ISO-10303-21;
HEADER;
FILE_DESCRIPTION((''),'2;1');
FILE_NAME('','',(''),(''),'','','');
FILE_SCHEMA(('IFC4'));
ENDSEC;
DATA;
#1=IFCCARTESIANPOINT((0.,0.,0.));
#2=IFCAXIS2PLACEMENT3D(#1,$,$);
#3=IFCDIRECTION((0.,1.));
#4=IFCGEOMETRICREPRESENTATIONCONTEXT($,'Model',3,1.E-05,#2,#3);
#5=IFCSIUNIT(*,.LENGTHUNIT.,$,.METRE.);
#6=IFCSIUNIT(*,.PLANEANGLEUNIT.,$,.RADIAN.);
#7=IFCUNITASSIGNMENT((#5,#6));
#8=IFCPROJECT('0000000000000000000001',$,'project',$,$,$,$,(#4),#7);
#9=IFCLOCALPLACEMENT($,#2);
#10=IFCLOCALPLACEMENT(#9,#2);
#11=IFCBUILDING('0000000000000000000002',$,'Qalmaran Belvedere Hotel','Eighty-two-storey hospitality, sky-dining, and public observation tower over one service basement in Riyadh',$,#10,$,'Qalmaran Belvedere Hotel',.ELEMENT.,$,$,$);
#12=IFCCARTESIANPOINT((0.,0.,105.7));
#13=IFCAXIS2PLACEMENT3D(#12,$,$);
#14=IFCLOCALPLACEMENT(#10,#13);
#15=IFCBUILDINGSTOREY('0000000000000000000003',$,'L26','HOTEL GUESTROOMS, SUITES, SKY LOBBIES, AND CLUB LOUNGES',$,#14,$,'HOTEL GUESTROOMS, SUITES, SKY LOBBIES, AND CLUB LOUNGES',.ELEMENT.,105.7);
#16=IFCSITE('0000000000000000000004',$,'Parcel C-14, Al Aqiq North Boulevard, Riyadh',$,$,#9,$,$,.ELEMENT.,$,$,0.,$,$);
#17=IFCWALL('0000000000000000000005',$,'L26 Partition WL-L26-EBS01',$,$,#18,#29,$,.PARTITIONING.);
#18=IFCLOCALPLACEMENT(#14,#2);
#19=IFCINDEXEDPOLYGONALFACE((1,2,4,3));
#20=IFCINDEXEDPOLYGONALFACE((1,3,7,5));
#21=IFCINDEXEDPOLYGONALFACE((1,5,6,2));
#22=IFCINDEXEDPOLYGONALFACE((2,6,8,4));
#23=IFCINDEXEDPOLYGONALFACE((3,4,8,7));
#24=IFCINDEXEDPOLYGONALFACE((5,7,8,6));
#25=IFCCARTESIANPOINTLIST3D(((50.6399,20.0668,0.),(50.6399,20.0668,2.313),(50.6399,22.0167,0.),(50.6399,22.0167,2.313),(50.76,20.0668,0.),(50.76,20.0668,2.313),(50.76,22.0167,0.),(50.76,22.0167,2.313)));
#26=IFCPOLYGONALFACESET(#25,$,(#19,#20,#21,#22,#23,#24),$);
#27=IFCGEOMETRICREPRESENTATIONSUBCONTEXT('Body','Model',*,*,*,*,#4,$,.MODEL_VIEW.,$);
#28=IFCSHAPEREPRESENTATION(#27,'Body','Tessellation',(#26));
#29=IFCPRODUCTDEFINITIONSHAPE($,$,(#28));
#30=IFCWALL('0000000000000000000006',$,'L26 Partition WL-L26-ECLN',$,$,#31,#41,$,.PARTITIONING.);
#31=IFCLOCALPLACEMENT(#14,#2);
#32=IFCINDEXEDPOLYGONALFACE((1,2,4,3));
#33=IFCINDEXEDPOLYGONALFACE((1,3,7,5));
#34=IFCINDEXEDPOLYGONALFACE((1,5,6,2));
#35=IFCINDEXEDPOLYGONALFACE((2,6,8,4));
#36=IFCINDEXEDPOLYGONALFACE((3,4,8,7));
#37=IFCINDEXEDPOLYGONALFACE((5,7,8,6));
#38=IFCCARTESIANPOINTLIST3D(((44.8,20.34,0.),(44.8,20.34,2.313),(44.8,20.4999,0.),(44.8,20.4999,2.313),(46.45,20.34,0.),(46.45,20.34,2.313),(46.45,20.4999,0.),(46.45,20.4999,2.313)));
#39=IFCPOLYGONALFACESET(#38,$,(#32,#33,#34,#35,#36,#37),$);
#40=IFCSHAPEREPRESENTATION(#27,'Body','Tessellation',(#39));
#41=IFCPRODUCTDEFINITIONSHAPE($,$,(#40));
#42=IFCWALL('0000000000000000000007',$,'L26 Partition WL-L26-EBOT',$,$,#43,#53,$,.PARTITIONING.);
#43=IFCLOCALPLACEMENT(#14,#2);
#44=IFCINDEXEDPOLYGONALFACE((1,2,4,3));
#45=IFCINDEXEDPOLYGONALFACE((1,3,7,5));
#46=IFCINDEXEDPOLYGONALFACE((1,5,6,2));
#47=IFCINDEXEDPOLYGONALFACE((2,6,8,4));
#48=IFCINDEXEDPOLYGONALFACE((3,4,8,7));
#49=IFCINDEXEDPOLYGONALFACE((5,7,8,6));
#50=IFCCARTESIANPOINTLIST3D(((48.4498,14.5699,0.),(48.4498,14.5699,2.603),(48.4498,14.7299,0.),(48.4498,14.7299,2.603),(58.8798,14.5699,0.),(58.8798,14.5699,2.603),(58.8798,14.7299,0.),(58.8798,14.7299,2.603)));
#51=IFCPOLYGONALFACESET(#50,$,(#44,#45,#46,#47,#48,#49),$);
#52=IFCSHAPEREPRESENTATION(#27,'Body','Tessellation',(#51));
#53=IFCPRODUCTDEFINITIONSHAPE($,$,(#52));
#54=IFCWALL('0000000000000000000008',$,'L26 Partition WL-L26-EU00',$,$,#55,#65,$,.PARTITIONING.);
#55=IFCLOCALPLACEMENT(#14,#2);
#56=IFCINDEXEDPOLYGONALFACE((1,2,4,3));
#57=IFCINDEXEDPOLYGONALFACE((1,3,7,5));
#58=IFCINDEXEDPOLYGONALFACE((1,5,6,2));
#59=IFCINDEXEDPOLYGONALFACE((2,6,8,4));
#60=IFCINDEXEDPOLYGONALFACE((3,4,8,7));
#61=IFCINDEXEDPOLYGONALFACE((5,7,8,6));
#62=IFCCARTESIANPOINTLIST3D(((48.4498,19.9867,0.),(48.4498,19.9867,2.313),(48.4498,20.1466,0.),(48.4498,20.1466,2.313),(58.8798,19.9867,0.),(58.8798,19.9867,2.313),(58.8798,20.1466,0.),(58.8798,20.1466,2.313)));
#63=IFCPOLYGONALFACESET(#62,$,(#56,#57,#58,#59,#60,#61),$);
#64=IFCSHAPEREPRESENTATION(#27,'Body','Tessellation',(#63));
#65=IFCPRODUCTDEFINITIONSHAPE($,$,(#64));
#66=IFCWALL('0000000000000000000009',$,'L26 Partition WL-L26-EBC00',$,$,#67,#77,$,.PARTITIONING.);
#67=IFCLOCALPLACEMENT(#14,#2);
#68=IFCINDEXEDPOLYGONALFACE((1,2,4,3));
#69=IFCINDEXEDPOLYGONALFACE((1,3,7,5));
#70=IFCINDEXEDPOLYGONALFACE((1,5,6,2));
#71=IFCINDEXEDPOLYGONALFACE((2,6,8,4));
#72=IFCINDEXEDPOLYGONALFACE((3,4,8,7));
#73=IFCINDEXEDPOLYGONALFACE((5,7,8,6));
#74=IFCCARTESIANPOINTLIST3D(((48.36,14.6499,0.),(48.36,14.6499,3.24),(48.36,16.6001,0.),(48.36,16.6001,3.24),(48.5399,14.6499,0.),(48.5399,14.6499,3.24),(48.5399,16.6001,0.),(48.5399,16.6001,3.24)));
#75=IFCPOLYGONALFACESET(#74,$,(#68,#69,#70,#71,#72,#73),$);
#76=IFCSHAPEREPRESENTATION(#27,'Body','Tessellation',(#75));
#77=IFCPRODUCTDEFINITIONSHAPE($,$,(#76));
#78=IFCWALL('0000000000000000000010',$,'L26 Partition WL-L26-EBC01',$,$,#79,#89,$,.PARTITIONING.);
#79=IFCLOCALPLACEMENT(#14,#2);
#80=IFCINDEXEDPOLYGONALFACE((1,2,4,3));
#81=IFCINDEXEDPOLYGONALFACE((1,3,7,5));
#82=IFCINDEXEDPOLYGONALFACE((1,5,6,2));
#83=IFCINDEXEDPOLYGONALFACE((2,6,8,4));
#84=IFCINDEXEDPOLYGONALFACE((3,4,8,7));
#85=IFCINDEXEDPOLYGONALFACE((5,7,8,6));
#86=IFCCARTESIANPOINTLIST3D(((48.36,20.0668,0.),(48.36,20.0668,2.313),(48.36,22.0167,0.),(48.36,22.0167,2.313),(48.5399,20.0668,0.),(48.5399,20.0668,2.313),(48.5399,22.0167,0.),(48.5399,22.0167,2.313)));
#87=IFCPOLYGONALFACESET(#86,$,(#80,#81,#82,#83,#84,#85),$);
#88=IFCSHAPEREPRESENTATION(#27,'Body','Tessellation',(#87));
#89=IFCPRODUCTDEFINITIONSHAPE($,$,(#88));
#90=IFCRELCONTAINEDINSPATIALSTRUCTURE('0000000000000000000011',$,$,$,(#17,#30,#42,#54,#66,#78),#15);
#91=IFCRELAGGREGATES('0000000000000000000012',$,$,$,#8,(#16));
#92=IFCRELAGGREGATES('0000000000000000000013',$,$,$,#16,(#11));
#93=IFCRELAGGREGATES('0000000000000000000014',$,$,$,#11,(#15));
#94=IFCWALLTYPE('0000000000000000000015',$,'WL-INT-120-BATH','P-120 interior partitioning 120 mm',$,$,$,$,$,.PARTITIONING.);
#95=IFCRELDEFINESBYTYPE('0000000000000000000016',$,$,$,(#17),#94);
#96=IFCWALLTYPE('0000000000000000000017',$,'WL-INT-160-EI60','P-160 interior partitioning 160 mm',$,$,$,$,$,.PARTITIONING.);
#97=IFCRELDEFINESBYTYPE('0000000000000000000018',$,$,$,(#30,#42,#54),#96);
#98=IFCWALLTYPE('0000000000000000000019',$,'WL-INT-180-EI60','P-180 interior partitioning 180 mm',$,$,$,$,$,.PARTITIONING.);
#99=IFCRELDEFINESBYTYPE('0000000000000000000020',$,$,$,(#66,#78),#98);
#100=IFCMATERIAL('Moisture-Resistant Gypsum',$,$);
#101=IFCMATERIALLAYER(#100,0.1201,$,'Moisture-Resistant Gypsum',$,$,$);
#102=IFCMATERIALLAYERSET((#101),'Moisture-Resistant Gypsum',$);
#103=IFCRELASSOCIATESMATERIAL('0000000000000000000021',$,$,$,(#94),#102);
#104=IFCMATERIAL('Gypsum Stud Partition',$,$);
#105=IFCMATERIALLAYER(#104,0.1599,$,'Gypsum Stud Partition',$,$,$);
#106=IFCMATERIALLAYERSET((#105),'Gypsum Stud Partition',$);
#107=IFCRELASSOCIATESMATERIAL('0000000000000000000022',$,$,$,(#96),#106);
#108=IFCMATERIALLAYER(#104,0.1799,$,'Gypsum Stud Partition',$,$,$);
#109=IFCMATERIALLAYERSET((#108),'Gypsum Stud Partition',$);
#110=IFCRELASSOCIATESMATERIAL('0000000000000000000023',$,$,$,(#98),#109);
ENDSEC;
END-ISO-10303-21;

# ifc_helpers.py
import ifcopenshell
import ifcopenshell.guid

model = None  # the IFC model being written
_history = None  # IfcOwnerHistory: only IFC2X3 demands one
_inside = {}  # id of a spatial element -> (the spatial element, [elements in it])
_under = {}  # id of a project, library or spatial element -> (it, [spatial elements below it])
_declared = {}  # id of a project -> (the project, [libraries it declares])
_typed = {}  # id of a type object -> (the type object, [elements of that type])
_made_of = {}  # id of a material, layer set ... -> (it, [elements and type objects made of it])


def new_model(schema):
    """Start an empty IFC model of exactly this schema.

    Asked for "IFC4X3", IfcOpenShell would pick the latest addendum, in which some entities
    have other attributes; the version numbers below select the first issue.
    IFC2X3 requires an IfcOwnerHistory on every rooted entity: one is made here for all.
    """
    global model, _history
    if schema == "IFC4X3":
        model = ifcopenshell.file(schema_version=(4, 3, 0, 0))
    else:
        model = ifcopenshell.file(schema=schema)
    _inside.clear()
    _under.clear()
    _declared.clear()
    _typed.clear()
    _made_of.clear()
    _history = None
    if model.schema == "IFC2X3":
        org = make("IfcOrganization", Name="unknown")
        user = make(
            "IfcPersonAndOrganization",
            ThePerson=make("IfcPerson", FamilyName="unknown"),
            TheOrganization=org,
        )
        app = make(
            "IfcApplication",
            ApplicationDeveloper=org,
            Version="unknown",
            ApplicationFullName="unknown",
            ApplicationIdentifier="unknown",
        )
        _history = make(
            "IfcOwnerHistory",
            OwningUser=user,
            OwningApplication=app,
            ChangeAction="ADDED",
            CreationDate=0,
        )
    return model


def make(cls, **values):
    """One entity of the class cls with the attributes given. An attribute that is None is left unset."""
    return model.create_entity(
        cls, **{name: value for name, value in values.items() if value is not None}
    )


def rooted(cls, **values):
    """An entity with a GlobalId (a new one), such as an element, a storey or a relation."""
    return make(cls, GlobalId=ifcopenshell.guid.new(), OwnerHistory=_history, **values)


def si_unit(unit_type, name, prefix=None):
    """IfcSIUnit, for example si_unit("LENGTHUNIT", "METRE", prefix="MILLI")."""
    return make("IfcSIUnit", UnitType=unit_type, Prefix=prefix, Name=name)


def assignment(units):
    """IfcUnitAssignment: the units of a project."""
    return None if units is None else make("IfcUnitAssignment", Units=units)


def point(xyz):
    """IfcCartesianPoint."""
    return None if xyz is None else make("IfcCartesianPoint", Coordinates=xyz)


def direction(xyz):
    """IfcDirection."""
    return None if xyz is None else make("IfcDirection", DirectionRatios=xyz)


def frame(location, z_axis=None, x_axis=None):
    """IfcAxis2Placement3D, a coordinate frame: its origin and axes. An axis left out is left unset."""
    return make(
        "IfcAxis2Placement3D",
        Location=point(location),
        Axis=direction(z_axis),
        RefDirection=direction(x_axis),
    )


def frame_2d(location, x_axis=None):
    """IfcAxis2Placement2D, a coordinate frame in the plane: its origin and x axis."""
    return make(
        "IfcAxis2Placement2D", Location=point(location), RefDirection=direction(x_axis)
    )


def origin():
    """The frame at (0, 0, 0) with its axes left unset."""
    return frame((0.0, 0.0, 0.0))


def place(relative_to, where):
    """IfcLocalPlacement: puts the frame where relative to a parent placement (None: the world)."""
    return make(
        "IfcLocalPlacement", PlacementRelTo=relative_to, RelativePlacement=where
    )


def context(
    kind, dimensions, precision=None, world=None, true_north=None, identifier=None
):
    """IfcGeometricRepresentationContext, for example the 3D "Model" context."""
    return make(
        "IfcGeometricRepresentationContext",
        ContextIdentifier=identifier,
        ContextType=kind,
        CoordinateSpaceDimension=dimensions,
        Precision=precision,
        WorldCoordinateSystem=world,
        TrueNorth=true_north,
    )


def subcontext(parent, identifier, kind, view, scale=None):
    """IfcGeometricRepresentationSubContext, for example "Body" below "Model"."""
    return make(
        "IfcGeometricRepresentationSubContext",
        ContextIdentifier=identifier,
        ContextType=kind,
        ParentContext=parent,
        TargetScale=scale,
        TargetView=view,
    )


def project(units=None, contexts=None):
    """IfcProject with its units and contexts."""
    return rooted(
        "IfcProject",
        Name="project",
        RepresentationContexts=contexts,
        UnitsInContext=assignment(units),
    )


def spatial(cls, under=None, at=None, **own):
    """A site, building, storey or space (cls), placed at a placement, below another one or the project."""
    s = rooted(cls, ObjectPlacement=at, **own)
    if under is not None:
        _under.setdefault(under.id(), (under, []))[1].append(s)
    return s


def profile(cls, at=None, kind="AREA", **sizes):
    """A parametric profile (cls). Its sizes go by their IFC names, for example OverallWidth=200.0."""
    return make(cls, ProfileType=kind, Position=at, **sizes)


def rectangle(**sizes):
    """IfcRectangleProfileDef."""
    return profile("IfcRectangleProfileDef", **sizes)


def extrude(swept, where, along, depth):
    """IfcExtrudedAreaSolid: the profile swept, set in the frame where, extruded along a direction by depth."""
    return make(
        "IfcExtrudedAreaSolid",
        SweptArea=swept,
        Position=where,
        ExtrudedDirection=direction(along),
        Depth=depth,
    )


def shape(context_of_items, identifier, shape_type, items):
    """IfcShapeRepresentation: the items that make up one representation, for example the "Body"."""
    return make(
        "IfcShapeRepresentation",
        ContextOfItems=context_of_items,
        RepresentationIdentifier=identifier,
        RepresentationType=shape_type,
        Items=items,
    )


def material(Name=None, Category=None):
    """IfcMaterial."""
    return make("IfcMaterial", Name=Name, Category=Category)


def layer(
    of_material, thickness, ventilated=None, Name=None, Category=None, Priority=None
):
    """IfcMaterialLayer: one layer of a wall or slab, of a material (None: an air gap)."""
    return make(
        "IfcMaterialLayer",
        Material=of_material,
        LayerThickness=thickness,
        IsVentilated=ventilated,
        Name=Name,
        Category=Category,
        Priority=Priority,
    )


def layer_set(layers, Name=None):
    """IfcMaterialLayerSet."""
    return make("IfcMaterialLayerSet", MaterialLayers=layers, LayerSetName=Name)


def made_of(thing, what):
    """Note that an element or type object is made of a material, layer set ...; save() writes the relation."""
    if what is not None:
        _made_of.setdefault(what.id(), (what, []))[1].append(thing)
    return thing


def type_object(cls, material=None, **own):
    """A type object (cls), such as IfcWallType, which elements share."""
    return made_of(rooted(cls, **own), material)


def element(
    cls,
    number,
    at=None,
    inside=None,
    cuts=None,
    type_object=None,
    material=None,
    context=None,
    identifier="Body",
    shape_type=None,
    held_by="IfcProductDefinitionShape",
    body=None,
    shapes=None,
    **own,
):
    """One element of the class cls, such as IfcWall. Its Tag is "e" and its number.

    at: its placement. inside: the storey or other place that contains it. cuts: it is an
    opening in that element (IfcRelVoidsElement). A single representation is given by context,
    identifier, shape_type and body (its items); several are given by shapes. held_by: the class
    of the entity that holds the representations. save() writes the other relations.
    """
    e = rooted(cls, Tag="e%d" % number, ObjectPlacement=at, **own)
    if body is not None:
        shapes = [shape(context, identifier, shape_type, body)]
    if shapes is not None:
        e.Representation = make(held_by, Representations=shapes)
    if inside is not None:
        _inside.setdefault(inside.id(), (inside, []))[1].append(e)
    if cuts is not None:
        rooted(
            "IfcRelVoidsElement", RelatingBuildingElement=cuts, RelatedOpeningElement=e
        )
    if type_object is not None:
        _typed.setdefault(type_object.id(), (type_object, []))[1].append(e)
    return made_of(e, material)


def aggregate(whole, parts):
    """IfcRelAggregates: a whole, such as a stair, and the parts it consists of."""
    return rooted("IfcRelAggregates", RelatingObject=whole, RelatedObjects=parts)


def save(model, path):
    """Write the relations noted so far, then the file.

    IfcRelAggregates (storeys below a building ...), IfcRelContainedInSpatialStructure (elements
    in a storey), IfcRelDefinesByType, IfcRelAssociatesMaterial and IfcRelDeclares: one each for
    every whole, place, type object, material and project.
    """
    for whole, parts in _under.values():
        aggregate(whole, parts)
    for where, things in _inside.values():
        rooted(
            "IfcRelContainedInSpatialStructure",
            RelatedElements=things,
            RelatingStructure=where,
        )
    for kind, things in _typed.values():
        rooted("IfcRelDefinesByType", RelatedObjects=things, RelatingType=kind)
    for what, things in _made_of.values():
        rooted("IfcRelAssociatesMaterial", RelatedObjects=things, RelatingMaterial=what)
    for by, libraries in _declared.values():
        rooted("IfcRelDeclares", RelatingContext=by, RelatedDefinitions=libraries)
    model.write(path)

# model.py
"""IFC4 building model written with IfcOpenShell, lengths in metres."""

from ifc_helpers import new_model, si_unit, direction, frame, frame_2d, origin, place, context, subcontext, project, spatial, rectangle, extrude, material, layer, layer_set, type_object, element, save


model = new_model("IFC4")

# Units and contexts
model_context = context("Model", 3, precision=1e-05, world=origin(), true_north=direction((0.0, 1.0)))
body_context = subcontext(model_context, "Body", "Model", "MODEL_VIEW")
ifc_project = project(units=[si_unit("LENGTHUNIT", "METRE"), si_unit("PLANEANGLEUNIT", "RADIAN")], contexts=[model_context])

# Site, building, storey
site_placement = place(None, origin())
site = spatial("IfcSite", under=ifc_project, at=site_placement, Name="Parcel C-14, Al Aqiq North Boulevard, Riyadh", CompositionType="ELEMENT", RefElevation=0.0)
building_placement = place(site_placement, origin())
building = spatial("IfcBuilding", under=site, at=building_placement, Name="Qalmaran Belvedere Hotel", Description="Eighty-two-storey hospitality, sky-dining, and public observation tower over one service basement in Riyadh", LongName="Qalmaran Belvedere Hotel", CompositionType="ELEMENT")
storey_placement = place(building_placement, frame((0.0, 0.0, 105.7)))
storey = spatial("IfcBuildingStorey", under=building, at=storey_placement, Name="L26", Description="HOTEL GUESTROOMS, SUITES, SKY LOBBIES, AND CLUB LOUNGES", LongName="HOTEL GUESTROOMS, SUITES, SKY LOBBIES, AND CLUB LOUNGES", CompositionType="ELEMENT", Elevation=105.7)

# Shared definitions
ifc_material_1 = material(Name="Moisture-Resistant Gypsum")
ifc_layer_1 = layer(ifc_material_1, 0.1201, Name="Moisture-Resistant Gypsum")
ifc_layer_set_1 = layer_set([ifc_layer_1], Name="Moisture-Resistant Gypsum")
wall_type_1 = type_object("IfcWallType", Name="WL-INT-120-BATH", Description="P-120 interior partitioning 120 mm", PredefinedType="PARTITIONING", material=ifc_layer_set_1)

# Walls
wall_1_placement = place(storey_placement, frame((50.7, 20.0667, 0.0), z_axis=(0.0, 0.0, 1.0), x_axis=(0.0, 1.0, 0.0)))
element("IfcWall", 1, at=wall_1_placement, inside=storey, type_object=wall_type_1, Name="L26 Partition WL-L26-EBS01", PredefinedType="PARTITIONING", context=body_context, shape_type="SweptSolid", body=[
    extrude(rectangle(XDim=1.95, YDim=0.1201, at=frame_2d((0.9751, 0.0))), origin(), (0.0, 0.0, 1.0), 2.313),
])
ifc_material_2 = material(Name="Gypsum Stud Partition")
ifc_layer_2 = layer(ifc_material_2, 0.1599, Name="Gypsum Stud Partition")
ifc_layer_set_2 = layer_set([ifc_layer_2], Name="Gypsum Stud Partition")
wall_type_2 = type_object("IfcWallType", Name="WL-INT-160-EI60", Description="P-160 interior partitioning 160 mm", PredefinedType="PARTITIONING", material=ifc_layer_set_2)
wall_2_placement = place(storey_placement, frame((44.8, 20.4199, 0.0), z_axis=(0.0, 0.0, 1.0), x_axis=(1.0, 0.0, 0.0)))
element("IfcWall", 2, at=wall_2_placement, inside=storey, type_object=wall_type_2, Name="L26 Partition WL-L26-ECLN", PredefinedType="PARTITIONING", context=body_context, shape_type="SweptSolid", body=[
    extrude(rectangle(XDim=1.6499, YDim=0.1599, at=frame_2d((0.825, 0.0))), origin(), (0.0, 0.0, 1.0), 2.313),
])
wall_3_placement = place(storey_placement, frame((48.45, 14.6499, 0.0), z_axis=(0.0, 0.0, 1.0), x_axis=(1.0, 0.0, 0.0)))
element("IfcWall", 3, at=wall_3_placement, inside=storey, type_object=wall_type_2, Name="L26 Partition WL-L26-EBOT", PredefinedType="PARTITIONING", context=body_context, shape_type="SweptSolid", body=[
    extrude(rectangle(XDim=10.4299, YDim=0.1599, at=frame_2d((5.2148, 0.0))), origin(), (0.0, 0.0, 1.0), 2.603),
])
wall_4_placement = place(storey_placement, frame((48.45, 20.0667, 0.0), z_axis=(0.0, 0.0, 1.0), x_axis=(1.0, 0.0, 0.0)))
element("IfcWall", 4, at=wall_4_placement, inside=storey, type_object=wall_type_2, Name="L26 Partition WL-L26-EU00", PredefinedType="PARTITIONING", context=body_context, shape_type="SweptSolid", body=[
    extrude(rectangle(XDim=10.4299, YDim=0.1599, at=frame_2d((5.2148, 0.0))), origin(), (0.0, 0.0, 1.0), 2.313),
])
ifc_layer_3 = layer(ifc_material_2, 0.1799, Name="Gypsum Stud Partition")
ifc_layer_set_3 = layer_set([ifc_layer_3], Name="Gypsum Stud Partition")
wall_type_3 = type_object("IfcWallType", Name="WL-INT-180-EI60", Description="P-180 interior partitioning 180 mm", PredefinedType="PARTITIONING", material=ifc_layer_set_3)
wall_5_placement = place(storey_placement, frame((48.45, 14.6499, 0.0), z_axis=(0.0, 0.0, 1.0), x_axis=(0.0, 1.0, 0.0)))
element("IfcWall", 5, at=wall_5_placement, inside=storey, type_object=wall_type_3, Name="L26 Partition WL-L26-EBC00", PredefinedType="PARTITIONING", context=body_context, shape_type="SweptSolid", body=[
    extrude(rectangle(XDim=1.9502, YDim=0.1799, at=frame_2d((0.9751, 0.0))), origin(), (0.0, 0.0, 1.0), 3.24),
])

# Wall
wall_6_placement = place(storey_placement, frame((48.45, 20.0667, 0.0), z_axis=(0.0, 0.0, 1.0), x_axis=(0.0, 1.0, 0.0)))
element("IfcWall", 6, at=wall_6_placement, inside=storey, type_object=wall_type_3, Name="L26 Partition WL-L26-EBC01", PredefinedType="PARTITIONING", context=body_context, shape_type="SweptSolid", body=[
    extrude(rectangle(XDim=1.95, YDim=0.1799, at=frame_2d((0.9751, 0.0))), origin(), (0.0, 0.0, 1.0), 2.313),
])

save(model, "model.ifc")
